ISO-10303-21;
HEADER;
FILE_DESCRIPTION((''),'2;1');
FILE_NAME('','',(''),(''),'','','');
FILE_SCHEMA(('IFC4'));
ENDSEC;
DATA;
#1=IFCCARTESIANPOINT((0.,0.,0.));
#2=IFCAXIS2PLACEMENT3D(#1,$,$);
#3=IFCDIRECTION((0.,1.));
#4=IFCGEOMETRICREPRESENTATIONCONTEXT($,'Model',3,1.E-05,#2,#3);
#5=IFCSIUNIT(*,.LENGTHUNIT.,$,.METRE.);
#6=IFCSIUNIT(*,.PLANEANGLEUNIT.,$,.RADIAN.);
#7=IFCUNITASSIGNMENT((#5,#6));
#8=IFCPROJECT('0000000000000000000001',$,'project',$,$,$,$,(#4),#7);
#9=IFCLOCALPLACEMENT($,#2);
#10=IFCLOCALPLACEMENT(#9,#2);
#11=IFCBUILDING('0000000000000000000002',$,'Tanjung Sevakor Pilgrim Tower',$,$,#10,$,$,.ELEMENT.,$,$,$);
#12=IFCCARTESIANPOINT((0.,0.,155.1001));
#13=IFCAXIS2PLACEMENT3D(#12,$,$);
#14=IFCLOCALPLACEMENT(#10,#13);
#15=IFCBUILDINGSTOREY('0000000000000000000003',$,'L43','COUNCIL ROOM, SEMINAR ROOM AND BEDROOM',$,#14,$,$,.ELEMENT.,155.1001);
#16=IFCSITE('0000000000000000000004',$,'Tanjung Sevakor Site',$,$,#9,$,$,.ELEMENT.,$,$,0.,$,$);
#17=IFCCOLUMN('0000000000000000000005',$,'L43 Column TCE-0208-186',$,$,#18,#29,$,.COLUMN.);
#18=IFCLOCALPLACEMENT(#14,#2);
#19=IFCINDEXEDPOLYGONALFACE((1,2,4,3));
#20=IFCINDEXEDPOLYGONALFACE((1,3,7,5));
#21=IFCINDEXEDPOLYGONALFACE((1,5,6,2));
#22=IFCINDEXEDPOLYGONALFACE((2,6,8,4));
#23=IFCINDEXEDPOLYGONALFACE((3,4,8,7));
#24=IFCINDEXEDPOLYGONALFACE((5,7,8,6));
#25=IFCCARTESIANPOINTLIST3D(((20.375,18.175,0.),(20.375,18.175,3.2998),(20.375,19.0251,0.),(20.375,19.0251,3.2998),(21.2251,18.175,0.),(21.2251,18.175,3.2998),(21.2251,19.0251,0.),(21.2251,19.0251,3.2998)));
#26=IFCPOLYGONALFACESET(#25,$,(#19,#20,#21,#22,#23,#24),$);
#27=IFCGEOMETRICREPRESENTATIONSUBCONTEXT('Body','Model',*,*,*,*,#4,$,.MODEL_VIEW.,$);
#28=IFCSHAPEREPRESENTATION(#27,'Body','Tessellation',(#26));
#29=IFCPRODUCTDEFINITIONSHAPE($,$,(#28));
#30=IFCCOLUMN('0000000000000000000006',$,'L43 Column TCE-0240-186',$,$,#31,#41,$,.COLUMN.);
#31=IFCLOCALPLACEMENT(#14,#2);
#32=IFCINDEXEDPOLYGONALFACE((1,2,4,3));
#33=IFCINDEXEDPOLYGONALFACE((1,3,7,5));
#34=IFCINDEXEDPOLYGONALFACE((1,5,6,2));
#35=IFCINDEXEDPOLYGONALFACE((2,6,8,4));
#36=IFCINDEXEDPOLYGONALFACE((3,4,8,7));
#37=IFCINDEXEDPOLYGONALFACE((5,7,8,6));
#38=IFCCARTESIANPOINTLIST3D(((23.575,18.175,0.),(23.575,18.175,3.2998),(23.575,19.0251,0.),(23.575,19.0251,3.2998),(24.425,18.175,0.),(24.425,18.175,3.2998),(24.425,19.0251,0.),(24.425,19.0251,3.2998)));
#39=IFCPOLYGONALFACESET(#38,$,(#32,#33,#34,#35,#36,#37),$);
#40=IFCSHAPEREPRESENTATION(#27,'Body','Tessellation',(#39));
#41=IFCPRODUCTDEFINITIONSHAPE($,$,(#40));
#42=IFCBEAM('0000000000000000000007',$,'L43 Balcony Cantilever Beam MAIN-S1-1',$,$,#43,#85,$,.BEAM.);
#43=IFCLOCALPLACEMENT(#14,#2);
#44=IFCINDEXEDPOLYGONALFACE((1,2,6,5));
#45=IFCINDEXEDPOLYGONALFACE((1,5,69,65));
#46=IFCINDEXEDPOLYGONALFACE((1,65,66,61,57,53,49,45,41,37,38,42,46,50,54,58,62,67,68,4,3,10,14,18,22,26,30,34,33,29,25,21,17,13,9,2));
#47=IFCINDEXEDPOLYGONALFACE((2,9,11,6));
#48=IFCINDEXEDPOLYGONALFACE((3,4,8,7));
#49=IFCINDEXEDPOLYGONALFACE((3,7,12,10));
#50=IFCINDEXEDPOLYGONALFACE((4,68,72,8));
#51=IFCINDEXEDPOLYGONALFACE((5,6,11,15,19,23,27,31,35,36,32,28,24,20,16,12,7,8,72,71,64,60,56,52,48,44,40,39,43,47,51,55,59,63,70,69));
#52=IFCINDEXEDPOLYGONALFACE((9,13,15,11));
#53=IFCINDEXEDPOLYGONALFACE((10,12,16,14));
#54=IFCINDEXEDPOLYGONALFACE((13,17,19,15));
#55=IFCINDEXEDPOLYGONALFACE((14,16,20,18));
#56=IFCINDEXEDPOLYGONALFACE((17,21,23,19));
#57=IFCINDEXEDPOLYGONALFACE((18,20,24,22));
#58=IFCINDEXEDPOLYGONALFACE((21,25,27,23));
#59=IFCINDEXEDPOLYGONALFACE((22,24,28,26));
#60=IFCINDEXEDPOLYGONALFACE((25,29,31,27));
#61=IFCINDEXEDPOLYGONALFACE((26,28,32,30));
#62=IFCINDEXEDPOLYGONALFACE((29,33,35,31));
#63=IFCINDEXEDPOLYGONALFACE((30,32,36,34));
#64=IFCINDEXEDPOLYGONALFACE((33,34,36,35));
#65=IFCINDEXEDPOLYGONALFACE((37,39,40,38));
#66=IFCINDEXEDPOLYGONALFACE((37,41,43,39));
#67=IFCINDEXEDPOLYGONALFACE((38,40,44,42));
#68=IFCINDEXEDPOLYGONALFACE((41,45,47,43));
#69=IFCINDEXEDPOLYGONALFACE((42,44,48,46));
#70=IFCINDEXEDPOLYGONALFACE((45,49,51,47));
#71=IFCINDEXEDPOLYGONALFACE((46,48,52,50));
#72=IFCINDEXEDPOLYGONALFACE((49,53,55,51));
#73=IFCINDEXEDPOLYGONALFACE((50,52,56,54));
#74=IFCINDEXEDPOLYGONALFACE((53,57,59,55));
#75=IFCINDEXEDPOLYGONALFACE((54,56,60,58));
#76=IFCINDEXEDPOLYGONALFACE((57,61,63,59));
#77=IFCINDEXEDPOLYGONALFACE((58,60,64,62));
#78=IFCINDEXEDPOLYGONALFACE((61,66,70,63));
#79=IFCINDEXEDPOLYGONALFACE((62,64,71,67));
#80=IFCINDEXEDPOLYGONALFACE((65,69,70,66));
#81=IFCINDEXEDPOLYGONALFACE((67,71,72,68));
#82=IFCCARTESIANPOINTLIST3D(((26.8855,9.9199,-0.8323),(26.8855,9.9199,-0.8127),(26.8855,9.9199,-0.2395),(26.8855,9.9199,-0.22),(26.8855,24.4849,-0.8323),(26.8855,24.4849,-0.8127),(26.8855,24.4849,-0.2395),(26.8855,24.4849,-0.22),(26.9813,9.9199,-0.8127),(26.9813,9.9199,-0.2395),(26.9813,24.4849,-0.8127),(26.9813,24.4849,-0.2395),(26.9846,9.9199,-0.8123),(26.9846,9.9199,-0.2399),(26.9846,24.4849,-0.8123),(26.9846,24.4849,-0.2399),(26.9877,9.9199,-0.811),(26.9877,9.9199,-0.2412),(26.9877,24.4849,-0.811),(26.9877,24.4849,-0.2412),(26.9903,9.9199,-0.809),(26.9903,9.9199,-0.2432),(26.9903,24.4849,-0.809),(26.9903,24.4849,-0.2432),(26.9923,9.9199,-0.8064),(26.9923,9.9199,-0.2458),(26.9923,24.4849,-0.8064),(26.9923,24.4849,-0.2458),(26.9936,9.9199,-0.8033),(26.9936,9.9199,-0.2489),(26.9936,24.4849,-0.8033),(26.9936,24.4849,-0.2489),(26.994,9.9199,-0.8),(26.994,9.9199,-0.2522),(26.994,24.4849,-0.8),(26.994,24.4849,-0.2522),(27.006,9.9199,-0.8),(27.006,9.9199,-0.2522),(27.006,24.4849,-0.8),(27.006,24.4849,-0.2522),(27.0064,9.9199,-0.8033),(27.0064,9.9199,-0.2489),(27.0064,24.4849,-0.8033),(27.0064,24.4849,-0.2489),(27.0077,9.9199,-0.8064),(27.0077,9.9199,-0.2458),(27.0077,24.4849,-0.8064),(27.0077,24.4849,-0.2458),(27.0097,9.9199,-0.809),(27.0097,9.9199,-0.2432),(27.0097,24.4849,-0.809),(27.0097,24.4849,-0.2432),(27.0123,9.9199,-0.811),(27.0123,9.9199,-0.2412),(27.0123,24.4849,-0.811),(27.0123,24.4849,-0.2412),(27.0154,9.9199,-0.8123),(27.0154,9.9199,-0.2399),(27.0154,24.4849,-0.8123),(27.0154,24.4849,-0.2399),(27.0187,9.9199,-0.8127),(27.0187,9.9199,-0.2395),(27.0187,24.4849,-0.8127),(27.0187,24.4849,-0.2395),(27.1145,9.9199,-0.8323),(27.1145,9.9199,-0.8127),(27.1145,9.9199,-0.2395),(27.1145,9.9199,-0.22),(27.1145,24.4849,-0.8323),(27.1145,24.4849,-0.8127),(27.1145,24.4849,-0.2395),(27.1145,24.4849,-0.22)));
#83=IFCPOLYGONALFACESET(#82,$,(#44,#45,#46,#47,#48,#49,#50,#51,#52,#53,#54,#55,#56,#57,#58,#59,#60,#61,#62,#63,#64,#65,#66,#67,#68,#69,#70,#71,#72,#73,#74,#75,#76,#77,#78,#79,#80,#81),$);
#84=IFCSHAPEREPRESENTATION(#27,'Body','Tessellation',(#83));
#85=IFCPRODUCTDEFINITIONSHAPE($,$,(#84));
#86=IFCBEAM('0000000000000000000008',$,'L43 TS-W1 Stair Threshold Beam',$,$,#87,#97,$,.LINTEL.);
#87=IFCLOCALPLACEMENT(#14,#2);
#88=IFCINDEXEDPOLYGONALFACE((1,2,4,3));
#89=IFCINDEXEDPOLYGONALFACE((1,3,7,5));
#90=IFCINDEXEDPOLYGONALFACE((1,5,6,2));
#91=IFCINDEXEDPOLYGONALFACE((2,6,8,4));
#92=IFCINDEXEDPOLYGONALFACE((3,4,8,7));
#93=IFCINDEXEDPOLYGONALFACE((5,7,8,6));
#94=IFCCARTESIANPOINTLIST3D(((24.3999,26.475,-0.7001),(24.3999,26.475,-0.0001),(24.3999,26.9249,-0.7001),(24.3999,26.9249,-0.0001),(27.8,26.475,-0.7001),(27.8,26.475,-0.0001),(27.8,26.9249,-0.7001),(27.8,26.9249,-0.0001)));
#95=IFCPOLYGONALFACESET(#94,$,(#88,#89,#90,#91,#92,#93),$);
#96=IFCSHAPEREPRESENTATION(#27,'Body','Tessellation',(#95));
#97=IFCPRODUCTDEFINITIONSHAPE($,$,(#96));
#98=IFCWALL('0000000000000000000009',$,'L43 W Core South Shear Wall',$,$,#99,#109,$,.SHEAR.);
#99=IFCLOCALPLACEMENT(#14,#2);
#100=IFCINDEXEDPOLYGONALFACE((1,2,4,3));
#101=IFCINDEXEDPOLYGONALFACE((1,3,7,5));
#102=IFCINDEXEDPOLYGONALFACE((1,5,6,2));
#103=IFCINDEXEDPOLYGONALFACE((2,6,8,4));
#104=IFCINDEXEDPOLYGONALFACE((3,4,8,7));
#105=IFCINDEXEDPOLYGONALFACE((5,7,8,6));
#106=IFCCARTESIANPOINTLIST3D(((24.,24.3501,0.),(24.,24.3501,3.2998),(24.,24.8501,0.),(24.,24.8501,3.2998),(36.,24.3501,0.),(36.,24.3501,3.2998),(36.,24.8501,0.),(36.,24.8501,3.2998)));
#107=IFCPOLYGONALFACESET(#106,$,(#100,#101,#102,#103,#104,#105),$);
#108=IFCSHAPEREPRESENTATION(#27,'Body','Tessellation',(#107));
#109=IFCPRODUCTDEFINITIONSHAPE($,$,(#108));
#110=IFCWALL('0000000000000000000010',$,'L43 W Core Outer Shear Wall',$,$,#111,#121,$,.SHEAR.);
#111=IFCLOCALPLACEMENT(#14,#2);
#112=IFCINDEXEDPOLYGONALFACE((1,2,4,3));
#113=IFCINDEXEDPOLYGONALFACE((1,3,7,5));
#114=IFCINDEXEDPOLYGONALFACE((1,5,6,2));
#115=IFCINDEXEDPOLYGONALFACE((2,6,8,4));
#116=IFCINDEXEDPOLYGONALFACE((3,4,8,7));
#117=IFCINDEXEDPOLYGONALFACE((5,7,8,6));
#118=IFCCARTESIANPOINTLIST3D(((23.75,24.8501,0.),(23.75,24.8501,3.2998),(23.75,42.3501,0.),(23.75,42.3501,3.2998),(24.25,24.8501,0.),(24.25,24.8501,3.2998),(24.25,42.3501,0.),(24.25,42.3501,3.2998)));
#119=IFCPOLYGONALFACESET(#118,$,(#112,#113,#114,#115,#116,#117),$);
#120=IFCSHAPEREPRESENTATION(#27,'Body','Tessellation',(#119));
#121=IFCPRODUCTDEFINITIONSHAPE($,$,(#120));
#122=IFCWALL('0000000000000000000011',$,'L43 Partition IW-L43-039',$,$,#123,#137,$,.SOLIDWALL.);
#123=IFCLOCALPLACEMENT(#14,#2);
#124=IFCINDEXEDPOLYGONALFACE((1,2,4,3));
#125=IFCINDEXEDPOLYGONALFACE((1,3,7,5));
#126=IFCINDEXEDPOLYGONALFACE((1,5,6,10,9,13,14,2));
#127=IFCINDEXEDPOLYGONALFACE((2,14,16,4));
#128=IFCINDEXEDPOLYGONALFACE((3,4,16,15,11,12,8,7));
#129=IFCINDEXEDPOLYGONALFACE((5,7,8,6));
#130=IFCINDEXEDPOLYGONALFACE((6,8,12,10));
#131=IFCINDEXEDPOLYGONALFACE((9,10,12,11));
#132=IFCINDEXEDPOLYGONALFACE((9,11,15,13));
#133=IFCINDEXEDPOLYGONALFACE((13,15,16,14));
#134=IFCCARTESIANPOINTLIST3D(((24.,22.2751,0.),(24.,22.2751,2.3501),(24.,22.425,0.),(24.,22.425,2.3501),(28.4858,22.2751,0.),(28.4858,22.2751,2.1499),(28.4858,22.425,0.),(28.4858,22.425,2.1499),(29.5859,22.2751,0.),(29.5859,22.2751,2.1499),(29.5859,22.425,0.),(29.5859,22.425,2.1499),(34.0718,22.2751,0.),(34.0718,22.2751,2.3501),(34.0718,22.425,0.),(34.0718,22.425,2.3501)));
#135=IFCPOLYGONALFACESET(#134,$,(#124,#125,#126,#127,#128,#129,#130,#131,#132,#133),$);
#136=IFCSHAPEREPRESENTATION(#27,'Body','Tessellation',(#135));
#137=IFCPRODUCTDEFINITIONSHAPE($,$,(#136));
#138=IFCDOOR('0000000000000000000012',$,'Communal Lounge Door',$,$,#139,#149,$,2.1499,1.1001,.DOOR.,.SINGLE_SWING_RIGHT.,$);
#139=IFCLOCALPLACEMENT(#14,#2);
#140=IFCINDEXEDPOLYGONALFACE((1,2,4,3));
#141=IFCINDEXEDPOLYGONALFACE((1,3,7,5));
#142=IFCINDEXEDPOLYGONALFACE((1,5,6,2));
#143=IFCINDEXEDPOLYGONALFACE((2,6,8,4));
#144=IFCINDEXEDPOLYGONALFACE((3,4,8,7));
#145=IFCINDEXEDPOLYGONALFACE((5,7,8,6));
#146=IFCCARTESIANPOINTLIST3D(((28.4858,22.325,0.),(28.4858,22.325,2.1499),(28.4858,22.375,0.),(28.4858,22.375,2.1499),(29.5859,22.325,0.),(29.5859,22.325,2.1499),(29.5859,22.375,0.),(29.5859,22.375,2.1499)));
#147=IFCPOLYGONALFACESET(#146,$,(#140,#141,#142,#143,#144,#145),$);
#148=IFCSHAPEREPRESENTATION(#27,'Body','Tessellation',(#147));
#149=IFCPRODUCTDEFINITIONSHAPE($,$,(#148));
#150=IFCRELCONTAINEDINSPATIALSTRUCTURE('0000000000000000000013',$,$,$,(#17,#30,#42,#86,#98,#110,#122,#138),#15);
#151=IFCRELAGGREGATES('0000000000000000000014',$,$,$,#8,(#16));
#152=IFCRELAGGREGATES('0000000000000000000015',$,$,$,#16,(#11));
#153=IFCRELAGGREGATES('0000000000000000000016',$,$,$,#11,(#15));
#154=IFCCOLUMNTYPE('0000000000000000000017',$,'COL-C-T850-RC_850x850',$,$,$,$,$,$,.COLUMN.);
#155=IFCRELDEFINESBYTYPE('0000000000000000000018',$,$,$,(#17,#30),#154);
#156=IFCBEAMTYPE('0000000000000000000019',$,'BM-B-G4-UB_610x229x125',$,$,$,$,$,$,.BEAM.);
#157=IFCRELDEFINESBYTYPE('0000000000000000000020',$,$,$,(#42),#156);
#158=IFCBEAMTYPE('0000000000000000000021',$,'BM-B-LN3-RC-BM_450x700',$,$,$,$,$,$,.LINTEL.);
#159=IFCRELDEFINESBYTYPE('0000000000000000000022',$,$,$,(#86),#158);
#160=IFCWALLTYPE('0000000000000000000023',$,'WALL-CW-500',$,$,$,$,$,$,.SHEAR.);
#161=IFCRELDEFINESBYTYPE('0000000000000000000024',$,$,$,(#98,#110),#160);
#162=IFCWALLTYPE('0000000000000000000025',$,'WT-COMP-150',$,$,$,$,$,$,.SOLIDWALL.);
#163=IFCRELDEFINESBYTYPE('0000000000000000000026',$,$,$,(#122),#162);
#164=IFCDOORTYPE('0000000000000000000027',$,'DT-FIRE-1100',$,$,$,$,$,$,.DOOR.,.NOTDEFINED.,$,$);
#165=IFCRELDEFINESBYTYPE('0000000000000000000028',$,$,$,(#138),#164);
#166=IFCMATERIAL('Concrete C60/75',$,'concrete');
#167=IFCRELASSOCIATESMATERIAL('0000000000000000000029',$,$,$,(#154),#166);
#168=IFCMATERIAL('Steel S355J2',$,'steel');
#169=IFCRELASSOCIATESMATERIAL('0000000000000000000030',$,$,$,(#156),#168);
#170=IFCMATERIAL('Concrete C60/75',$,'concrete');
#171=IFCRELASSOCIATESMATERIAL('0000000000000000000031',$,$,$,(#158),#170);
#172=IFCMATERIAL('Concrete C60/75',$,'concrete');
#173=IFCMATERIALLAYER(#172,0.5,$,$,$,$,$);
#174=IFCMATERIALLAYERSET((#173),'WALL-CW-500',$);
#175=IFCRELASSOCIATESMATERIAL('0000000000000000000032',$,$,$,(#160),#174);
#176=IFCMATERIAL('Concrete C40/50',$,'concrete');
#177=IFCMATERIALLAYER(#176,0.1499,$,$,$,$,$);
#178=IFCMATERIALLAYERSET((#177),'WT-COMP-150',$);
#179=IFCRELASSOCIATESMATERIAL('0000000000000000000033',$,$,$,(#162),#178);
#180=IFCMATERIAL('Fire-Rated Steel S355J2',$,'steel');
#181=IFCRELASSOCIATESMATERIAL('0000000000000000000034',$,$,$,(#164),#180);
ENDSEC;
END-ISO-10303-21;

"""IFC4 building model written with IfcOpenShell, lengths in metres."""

from ifc_helpers import new_model, si_unit, direction, frame, frame_2d, origin, origin_2d, place, context, subcontext, project, spatial, rectangle, i_section, extrude, material, layer, layer_set, material_profile, profile_set, type_object, element, fill, save


model = new_model("IFC4")

# Units and contexts
model_context = context("Model", 3, precision=1e-05, world=origin(), true_north=direction((0.0, 1.0)))
body_context = subcontext(model_context, "Body", "Model", "MODEL_VIEW")
ifc_project = project(units=[si_unit("LENGTHUNIT", "METRE"), si_unit("PLANEANGLEUNIT", "RADIAN")], contexts=[model_context])

# Site, building, storey
site_placement = place(None, origin())
site = spatial("IfcSite", under=ifc_project, at=site_placement, Name="Tanjung Sevakor Site", CompositionType="ELEMENT", RefElevation=0.0)
building_placement = place(site_placement, origin())
building = spatial("IfcBuilding", under=site, at=building_placement, Name="Tanjung Sevakor Pilgrim Tower", CompositionType="ELEMENT")
storey_placement = place(building_placement, frame((0.0, 0.0, 155.1001)))
storey = spatial("IfcBuildingStorey", under=building, at=storey_placement, Name="L43", Description="COUNCIL ROOM, SEMINAR ROOM AND BEDROOM", CompositionType="ELEMENT", Elevation=155.1001)

# Columns
ifc_material_1 = material(Name="Concrete C60/75", Category="concrete")
ifc_material_profile_1 = material_profile(ifc_material_1, rectangle(XDim=0.8501, YDim=0.8501, at=origin_2d()))
ifc_profile_set_1 = profile_set([ifc_material_profile_1], Name="Concrete C60/75")
column_type = type_object("IfcColumnType", Name="COL-C-T850-RC_850x850", PredefinedType="COLUMN", material=ifc_profile_set_1)
for number, where, z_axis, x_axis, name in (
    (1, (20.8, 18.6001, 0.0), (0.0, 0.0, 1.0), (1.0, 0.0, 0.0), "L43 Column TCE-0208-186"),
    (2, (24.0, 18.6001, 0.0), (0.0, 0.0, 1.0), (1.0, 0.0, 0.0), "L43 Column TCE-0240-186"),
):
    element("IfcColumn", number, at=place(storey_placement, frame(where, z_axis=z_axis, x_axis=x_axis)), inside=storey, type_object=column_type, Name=name, PredefinedType="COLUMN", context=body_context, shape_type="SweptSolid", body=[
        extrude(rectangle(XDim=0.8501, YDim=0.8501, at=origin_2d()), origin(), (0.0, 0.0, 1.0), 3.2998),
    ])

# Beams
ifc_material_2 = material(Name="Steel S355J2", Category="steel")
ifc_material_profile_2 = material_profile(ifc_material_2, i_section(OverallWidth=0.229, OverallDepth=0.6123, WebThickness=0.012, FlangeThickness=0.0195, FilletRadius=0.0127, at=origin_2d()))
ifc_profile_set_2 = profile_set([ifc_material_profile_2], Name="Steel S355J2")
beam_type_1 = type_object("IfcBeamType", Name="BM-B-G4-UB_610x229x125", PredefinedType="BEAM", material=ifc_profile_set_2)
beam_1_placement = place(storey_placement, frame((27.0, 24.4849, -0.5261), z_axis=(0.0, -1.0, 0.0), x_axis=(1.0, 0.0, 0.0)))
element("IfcBeam", 3, at=beam_1_placement, inside=storey, type_object=beam_type_1, Name="L43 Balcony Cantilever Beam MAIN-S1-1", PredefinedType="BEAM", context=body_context, shape_type="SweptSolid", body=[
    extrude(i_section(OverallWidth=0.229, OverallDepth=0.6123, WebThickness=0.012, FlangeThickness=0.0195, FilletRadius=0.0127, at=origin_2d()), origin(), (0.0, 0.0, 1.0), 14.5649),
])
ifc_material_3 = material(Name="Concrete C60/75", Category="concrete")
ifc_material_profile_3 = material_profile(ifc_material_3, rectangle(XDim=0.45, YDim=0.7, at=origin_2d()))
ifc_profile_set_3 = profile_set([ifc_material_profile_3], Name="Concrete C60/75")
beam_type_2 = type_object("IfcBeamType", Name="BM-B-LN3-RC-BM_450x700", PredefinedType="LINTEL", material=ifc_profile_set_3)
beam_2_placement = place(storey_placement, frame((24.3999, 26.7, -0.3501), z_axis=(1.0, 0.0, 0.0), x_axis=(0.0, 1.0, 0.0)))
element("IfcBeam", 4, at=beam_2_placement, inside=storey, type_object=beam_type_2, Name="L43 TS-W1 Stair Threshold Beam", PredefinedType="LINTEL", context=body_context, shape_type="SweptSolid", body=[
    extrude(rectangle(XDim=0.45, YDim=0.7, at=origin_2d()), origin(), (0.0, 0.0, 1.0), 3.4001),
])

# Walls
ifc_material_4 = material(Name="Concrete C60/75", Category="concrete")
ifc_layer_1 = layer(ifc_material_4, 0.5)
ifc_layer_set_1 = layer_set([ifc_layer_1], Name="WALL-CW-500")
wall_type_1 = type_object("IfcWallType", Name="WALL-CW-500", PredefinedType="SHEAR", material=ifc_layer_set_1)
wall_1_placement = place(storey_placement, frame((24.0, 24.6001, 0.0), z_axis=(0.0, 0.0, 1.0), x_axis=(1.0, 0.0, 0.0)))
element("IfcWall", 5, at=wall_1_placement, inside=storey, type_object=wall_type_1, Name="L43 W Core South Shear Wall", PredefinedType="SHEAR", context=body_context, shape_type="SweptSolid", body=[
    extrude(rectangle(XDim=12.0, YDim=0.5, at=frame_2d((6.0, 0.0))), origin(), (0.0, 0.0, 1.0), 3.2998),
])
wall_2_placement = place(storey_placement, frame((24.0, 24.8501, 0.0), z_axis=(0.0, 0.0, 1.0), x_axis=(0.0, 1.0, 0.0)))
element("IfcWall", 6, at=wall_2_placement, inside=storey, type_object=wall_type_1, Name="L43 W Core Outer Shear Wall", PredefinedType="SHEAR", context=body_context, shape_type="SweptSolid", body=[
    extrude(rectangle(XDim=17.5, YDim=0.5, at=frame_2d((8.75, 0.0))), origin(), (0.0, 0.0, 1.0), 3.2998),
])

# Wall, opening, door
ifc_material_5 = material(Name="Concrete C40/50", Category="concrete")
ifc_layer_2 = layer(ifc_material_5, 0.1499)
ifc_layer_set_2 = layer_set([ifc_layer_2], Name="WT-COMP-150")
wall_type_2 = type_object("IfcWallType", Name="WT-COMP-150", PredefinedType="SOLIDWALL", material=ifc_layer_set_2)
wall_3_placement = place(storey_placement, frame((24.0, 22.3501, 0.0), z_axis=(0.0, 0.0, 1.0), x_axis=(1.0, 0.0, 0.0)))
wall_3 = element("IfcWall", 7, at=wall_3_placement, inside=storey, type_object=wall_type_2, Name="L43 Partition IW-L43-039", PredefinedType="SOLIDWALL", context=body_context, shape_type="SweptSolid", body=[
    extrude(rectangle(XDim=10.0718, YDim=0.1499, at=frame_2d((5.0359, 0.0))), origin(), (0.0, 0.0, 1.0), 2.3501),
])
opening_1_placement = place(wall_3_placement, frame((4.4858, 0.0, 0.0)))
opening_1 = element("IfcOpeningElement", 8, at=opening_1_placement, cuts=wall_3, PredefinedType="OPENING", context=body_context, shape_type="SweptSolid", body=[
    extrude(rectangle(XDim=1.1001, YDim=2.1499, at=frame_2d((0.55, 1.075))), frame((0.0, 0.085, 0.0), z_axis=(0.0, -1.0, 0.0), x_axis=(1.0, 0.0, 0.0)), (0.0, 0.0, 1.0), 0.1699),
])
ifc_material_6 = material(Name="Fire-Rated Steel S355J2", Category="steel")
door_type_1 = type_object("IfcDoorType", Name="DT-FIRE-1100", OperationType="NOTDEFINED", PredefinedType="DOOR", material=ifc_material_6)
door_1_placement = place(opening_1_placement, origin())
door_1 = element("IfcDoor", 9, at=door_1_placement, inside=storey, type_object=door_type_1, Name="Communal Lounge Door", OperationType="SINGLE_SWING_RIGHT", OverallHeight=2.1499, OverallWidth=1.1001, PredefinedType="DOOR", context=body_context, shape_type="SweptSolid", body=[
    extrude(rectangle(XDim=1.1001, YDim=2.1499, at=frame_2d((0.55, 1.075))), frame((0.0, 0.0249, 0.0), z_axis=(0.0, -1.0, 0.0), x_axis=(1.0, 0.0, 0.0)), (0.0, 0.0, 1.0), 0.05),
])
fill(opening_1, door_1)

save(model, "model.ifc")
